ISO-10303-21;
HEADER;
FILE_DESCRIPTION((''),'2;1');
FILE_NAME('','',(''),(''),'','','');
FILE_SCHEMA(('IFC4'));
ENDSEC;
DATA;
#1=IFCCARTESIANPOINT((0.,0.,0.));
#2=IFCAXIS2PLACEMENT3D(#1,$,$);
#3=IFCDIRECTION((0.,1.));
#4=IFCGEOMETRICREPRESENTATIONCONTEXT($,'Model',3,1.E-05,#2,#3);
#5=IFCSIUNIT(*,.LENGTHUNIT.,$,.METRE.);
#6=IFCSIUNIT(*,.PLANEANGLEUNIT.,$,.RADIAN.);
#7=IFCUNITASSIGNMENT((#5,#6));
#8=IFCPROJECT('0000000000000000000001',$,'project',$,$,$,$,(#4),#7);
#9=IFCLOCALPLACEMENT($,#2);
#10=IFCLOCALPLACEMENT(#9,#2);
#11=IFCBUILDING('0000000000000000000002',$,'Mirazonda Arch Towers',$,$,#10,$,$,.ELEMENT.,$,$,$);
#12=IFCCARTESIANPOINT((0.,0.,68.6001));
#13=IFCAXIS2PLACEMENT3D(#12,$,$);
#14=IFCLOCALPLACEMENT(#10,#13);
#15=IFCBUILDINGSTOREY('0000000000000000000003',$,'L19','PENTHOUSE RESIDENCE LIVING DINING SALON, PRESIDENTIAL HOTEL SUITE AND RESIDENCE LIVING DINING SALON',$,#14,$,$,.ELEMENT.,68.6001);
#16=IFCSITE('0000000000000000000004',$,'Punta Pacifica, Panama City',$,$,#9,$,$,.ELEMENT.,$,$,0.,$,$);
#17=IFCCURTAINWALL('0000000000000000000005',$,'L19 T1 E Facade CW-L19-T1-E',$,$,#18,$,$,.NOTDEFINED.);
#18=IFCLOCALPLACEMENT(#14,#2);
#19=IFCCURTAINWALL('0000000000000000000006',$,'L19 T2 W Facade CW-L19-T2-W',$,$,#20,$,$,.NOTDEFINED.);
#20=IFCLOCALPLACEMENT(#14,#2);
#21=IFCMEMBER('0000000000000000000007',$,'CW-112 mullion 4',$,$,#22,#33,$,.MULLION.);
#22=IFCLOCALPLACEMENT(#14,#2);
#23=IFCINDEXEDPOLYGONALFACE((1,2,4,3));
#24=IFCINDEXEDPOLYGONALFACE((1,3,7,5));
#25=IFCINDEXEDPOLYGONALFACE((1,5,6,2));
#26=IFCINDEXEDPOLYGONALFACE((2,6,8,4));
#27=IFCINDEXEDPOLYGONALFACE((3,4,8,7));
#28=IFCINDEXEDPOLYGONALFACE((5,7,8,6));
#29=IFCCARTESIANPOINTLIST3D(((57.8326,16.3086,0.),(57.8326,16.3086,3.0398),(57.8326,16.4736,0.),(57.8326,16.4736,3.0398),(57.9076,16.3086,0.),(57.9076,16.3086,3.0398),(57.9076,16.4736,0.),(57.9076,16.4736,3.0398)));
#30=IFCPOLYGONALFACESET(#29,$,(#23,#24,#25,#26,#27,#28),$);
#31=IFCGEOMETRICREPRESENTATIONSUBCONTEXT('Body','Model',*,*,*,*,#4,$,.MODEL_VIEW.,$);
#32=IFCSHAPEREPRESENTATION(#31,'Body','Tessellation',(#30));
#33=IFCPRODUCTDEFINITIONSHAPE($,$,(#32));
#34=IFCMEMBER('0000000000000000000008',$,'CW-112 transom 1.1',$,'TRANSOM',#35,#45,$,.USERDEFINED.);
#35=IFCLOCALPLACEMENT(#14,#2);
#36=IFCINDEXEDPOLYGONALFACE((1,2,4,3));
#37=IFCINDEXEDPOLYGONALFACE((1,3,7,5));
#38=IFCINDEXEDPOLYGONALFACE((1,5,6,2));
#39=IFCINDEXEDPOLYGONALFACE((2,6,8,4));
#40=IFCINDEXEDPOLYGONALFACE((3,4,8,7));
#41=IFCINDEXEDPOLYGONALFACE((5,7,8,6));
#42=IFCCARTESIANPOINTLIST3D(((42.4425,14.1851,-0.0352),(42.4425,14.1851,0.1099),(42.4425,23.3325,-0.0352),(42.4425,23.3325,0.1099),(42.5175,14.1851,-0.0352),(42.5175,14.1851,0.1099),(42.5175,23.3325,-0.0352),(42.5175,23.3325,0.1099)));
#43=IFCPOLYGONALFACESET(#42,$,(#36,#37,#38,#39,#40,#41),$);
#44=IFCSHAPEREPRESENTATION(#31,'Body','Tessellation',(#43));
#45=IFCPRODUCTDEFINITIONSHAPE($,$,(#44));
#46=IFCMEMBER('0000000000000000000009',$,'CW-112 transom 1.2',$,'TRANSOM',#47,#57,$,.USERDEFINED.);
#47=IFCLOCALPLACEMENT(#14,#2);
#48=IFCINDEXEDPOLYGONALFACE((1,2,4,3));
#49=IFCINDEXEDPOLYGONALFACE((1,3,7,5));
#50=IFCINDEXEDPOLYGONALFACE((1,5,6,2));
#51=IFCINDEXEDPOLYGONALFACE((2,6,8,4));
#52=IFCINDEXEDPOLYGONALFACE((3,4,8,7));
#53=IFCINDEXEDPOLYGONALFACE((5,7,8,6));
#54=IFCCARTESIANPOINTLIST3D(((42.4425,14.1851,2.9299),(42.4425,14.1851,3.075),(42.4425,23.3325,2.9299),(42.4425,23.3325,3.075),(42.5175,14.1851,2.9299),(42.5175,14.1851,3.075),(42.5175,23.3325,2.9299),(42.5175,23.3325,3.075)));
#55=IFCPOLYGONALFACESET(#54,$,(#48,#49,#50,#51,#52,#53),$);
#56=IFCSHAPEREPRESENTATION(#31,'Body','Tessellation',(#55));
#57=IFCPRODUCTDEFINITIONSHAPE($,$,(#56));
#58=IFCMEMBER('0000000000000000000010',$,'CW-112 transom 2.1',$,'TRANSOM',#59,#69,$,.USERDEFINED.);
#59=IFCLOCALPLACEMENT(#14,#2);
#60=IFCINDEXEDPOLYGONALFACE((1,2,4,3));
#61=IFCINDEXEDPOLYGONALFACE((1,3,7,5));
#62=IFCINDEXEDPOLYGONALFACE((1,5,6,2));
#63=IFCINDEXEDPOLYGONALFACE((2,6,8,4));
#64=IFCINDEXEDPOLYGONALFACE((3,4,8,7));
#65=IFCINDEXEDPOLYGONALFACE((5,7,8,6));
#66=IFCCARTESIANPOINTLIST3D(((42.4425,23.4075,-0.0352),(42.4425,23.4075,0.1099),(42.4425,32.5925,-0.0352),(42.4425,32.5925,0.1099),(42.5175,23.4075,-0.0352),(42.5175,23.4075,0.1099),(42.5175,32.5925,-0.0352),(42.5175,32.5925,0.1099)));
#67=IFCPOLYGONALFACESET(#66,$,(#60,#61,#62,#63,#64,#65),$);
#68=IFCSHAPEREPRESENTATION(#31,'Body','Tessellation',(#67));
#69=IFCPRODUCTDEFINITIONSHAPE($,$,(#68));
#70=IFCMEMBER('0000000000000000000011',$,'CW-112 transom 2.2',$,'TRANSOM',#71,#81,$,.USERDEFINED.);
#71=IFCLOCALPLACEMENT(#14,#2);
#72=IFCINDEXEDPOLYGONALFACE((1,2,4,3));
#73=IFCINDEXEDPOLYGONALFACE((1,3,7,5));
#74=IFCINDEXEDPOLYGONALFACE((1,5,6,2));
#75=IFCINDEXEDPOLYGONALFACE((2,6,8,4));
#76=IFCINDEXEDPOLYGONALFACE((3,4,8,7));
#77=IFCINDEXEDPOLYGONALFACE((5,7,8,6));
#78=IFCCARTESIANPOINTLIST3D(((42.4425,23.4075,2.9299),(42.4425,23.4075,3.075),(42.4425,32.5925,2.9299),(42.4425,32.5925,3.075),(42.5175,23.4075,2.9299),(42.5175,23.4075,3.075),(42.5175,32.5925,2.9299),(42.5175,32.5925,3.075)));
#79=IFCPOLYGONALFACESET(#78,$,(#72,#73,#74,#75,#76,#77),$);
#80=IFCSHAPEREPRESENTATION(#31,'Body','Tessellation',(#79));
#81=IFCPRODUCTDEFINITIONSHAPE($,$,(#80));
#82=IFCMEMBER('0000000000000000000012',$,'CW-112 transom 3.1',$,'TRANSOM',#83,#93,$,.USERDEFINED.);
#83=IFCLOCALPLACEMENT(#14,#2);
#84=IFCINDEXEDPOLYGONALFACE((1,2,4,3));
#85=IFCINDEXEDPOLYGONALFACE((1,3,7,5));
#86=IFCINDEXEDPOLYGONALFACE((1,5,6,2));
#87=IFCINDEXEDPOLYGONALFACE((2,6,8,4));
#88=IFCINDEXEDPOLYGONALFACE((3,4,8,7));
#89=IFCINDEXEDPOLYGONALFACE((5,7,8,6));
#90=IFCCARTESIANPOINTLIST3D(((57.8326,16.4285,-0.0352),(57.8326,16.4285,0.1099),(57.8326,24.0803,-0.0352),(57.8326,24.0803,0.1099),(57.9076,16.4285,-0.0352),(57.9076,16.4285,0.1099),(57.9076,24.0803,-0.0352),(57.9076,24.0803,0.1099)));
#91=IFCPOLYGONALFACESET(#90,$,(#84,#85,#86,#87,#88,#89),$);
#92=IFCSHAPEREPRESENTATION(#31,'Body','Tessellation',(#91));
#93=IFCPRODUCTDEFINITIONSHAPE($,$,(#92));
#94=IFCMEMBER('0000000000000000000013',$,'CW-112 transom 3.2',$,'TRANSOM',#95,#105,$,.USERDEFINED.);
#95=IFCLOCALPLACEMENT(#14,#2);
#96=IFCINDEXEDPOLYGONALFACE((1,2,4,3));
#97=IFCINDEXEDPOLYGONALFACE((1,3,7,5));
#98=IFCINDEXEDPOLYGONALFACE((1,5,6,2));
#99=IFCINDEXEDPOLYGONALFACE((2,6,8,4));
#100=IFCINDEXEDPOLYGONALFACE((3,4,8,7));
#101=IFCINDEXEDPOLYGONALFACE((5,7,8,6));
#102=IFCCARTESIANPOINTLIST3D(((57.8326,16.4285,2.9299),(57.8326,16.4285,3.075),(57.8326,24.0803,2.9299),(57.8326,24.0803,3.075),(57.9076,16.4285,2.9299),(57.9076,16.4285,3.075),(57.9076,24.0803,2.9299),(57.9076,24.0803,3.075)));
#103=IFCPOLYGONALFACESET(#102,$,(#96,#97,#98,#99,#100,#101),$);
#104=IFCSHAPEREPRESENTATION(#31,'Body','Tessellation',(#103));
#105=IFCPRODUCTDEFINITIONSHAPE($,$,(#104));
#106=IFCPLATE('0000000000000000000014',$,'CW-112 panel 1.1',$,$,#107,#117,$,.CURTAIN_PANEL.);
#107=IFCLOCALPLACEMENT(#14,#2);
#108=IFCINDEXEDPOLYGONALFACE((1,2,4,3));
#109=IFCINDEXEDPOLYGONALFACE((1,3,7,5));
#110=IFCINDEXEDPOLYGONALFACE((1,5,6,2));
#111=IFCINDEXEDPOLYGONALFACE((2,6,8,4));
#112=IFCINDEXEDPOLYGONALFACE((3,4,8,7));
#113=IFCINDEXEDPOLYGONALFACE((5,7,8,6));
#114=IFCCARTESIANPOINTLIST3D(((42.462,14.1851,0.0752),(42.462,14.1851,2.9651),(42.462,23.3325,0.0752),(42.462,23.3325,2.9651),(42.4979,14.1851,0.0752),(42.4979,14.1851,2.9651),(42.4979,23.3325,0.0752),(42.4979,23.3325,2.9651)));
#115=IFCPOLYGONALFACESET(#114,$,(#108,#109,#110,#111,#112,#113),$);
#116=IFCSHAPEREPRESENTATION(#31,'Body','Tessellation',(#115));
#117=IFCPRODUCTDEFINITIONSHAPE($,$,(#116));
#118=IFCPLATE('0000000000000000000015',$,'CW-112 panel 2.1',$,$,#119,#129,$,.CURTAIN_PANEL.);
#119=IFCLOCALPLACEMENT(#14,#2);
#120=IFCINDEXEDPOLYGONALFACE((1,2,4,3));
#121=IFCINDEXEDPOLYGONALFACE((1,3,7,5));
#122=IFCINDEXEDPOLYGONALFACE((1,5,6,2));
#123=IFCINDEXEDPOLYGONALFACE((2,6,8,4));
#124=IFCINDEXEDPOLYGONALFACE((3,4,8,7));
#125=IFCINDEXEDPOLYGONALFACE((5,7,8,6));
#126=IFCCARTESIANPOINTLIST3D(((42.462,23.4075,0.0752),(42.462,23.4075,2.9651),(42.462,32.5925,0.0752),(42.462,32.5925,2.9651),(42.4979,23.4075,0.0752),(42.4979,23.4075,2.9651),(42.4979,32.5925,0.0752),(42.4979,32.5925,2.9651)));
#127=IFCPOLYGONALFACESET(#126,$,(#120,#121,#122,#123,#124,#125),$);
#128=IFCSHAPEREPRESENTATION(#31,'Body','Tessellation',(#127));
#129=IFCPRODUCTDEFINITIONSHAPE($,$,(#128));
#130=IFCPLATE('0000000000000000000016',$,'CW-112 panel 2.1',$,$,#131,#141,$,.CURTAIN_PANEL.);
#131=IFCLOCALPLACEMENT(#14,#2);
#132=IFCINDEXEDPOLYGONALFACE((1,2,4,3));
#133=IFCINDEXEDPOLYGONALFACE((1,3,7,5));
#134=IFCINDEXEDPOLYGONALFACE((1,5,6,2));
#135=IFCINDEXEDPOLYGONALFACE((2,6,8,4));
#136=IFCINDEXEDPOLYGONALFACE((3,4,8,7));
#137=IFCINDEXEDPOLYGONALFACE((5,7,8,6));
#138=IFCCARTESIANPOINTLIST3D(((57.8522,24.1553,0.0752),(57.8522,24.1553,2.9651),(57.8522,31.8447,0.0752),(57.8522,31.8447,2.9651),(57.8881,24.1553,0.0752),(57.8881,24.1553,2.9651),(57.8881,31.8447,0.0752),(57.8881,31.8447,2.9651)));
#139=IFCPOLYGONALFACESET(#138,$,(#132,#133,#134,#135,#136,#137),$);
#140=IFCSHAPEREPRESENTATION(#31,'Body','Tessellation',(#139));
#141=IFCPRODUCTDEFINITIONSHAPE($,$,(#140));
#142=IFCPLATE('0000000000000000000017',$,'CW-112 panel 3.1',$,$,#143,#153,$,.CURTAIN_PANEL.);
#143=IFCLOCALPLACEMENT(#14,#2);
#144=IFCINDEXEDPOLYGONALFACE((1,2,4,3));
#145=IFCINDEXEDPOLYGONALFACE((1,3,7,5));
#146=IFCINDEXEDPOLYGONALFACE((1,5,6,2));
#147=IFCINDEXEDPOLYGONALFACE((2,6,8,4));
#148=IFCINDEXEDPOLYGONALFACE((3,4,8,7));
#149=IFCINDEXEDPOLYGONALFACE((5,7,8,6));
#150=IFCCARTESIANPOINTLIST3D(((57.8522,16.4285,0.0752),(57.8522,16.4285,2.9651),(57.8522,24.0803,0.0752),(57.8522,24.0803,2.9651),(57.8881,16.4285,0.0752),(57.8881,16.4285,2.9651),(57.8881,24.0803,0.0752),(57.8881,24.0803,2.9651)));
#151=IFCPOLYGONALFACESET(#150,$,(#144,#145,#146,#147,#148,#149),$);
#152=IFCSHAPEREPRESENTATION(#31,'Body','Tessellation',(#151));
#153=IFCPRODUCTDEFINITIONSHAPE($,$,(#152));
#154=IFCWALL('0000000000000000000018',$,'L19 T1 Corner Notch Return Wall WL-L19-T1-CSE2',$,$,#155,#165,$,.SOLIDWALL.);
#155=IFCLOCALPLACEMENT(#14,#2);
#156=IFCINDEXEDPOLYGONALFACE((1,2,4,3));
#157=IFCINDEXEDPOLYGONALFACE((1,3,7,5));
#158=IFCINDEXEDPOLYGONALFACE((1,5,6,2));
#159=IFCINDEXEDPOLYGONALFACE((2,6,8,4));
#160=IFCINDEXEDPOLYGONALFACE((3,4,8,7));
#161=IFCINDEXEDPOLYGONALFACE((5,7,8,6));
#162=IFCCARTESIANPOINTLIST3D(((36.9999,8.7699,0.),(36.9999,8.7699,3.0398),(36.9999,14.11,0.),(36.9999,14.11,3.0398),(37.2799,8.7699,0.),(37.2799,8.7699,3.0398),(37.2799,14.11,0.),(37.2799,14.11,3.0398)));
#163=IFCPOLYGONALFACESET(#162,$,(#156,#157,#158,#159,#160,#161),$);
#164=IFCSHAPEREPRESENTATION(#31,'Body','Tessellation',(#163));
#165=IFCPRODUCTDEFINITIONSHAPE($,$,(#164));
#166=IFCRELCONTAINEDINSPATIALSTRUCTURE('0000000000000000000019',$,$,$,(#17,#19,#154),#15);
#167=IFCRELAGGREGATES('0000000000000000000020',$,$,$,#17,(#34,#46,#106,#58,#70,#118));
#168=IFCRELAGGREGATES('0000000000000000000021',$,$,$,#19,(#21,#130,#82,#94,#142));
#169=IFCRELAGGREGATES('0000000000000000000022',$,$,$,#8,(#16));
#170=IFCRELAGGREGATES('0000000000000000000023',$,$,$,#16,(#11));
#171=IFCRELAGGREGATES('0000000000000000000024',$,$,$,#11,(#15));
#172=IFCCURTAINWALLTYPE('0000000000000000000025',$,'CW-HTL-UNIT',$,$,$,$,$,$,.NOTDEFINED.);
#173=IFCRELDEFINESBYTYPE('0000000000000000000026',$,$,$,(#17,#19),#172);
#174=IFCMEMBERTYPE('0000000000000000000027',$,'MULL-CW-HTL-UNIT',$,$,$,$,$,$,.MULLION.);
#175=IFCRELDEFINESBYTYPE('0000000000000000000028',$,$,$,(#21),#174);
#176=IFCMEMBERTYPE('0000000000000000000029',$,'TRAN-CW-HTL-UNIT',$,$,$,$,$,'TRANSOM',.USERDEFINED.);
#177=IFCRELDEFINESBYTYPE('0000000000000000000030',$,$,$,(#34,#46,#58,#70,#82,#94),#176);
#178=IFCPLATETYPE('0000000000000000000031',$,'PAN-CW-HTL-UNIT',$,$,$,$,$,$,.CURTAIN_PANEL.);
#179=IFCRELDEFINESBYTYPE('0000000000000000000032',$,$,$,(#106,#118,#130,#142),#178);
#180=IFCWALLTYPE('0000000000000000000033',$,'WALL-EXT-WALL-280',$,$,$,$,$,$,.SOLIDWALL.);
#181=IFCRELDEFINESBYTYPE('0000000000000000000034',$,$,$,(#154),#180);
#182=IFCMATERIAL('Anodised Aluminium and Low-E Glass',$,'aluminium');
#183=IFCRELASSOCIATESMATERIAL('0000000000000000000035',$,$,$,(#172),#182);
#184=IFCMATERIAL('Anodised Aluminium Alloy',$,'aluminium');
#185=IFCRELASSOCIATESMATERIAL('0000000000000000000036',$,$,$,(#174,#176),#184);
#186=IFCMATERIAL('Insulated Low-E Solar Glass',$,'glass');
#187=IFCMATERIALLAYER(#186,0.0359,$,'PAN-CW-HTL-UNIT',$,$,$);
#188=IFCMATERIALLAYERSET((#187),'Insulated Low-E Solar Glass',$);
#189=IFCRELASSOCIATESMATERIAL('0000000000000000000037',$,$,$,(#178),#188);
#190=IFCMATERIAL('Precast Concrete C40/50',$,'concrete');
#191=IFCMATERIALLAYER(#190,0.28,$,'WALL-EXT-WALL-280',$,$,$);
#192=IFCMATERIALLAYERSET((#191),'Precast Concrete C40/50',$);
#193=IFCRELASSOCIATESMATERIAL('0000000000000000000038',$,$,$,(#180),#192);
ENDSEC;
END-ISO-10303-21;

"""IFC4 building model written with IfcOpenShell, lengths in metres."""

from ifc_helpers import new_model, si_unit, direction, frame, frame_2d, origin, origin_2d, place, context, subcontext, project, spatial, rectangle, extrude, material, layer, layer_set, material_profile, profile_set, type_object, element, aggregate, save


model = new_model("IFC4")

# Units and contexts
model_context = context("Model", 3, precision=1e-05, world=origin(), true_north=direction((0.0, 1.0)))
body_context = subcontext(model_context, "Body", "Model", "MODEL_VIEW")
ifc_project = project(units=[si_unit("LENGTHUNIT", "METRE"), si_unit("PLANEANGLEUNIT", "RADIAN")], contexts=[model_context])

# Site, building, storey
site_placement = place(None, origin())
site = spatial("IfcSite", under=ifc_project, at=site_placement, Name="Punta Pacifica, Panama City", CompositionType="ELEMENT", RefElevation=0.0)
building_placement = place(site_placement, origin())
building = spatial("IfcBuilding", under=site, at=building_placement, Name="Mirazonda Arch Towers", CompositionType="ELEMENT")
storey_placement = place(building_placement, frame((0.0, 0.0, 68.6001)))
storey = spatial("IfcBuildingStorey", under=building, at=storey_placement, Name="L19", Description="PENTHOUSE RESIDENCE LIVING DINING SALON, PRESIDENTIAL HOTEL SUITE AND RESIDENCE LIVING DINING SALON", CompositionType="ELEMENT", Elevation=68.6001)

# Curtain wall
ifc_material_1 = material(Name="Anodised Aluminium and Low-E Glass", Category="aluminium")
curtain_wall_type = type_object("IfcCurtainWallType", Name="CW-HTL-UNIT", PredefinedType="NOTDEFINED", material=ifc_material_1)
curtain_wall_1_placement = place(storey_placement, origin())
curtain_wall_1 = element("IfcCurtainWall", 1, at=curtain_wall_1_placement, inside=storey, type_object=curtain_wall_type, Name="L19 T1 E Facade CW-L19-T1-E", PredefinedType="NOTDEFINED")
ifc_material_2 = material(Name="Anodised Aluminium Alloy", Category="aluminium")
ifc_material_profile_1 = material_profile(ifc_material_2, rectangle(XDim=0.075, YDim=0.165, at=origin_2d()), Name="ALU-MULL-75x165")
ifc_profile_set_1 = profile_set([ifc_material_profile_1], Name="Anodised Aluminium Alloy")
member_type_1 = type_object("IfcMemberType", Name="MULL-CW-HTL-UNIT", PredefinedType="MULLION", material=ifc_profile_set_1)

# Curtain wall, member
curtain_wall_2_placement = place(storey_placement, origin())
curtain_wall_2 = element("IfcCurtainWall", 2, at=curtain_wall_2_placement, inside=storey, type_object=curtain_wall_type, Name="L19 T2 W Facade CW-L19-T2-W", PredefinedType="NOTDEFINED")
member_1_placement = place(storey_placement, frame((57.8701, 16.3911, 0.0), z_axis=(0.0, 0.0, 1.0), x_axis=(1.0, 0.0, 0.0)))
member_1 = element("IfcMember", 3, at=member_1_placement, type_object=member_type_1, Name="CW-112 mullion 4", PredefinedType="MULLION", context=body_context, shape_type="SweptSolid", body=[
    extrude(rectangle(XDim=0.075, YDim=0.165, at=origin_2d()), origin(), (0.0, 0.0, 1.0), 3.0398),
])

# Members
ifc_material_profile_2 = material_profile(ifc_material_2, rectangle(XDim=0.075, YDim=0.145, at=origin_2d()), Name="ALU-TRAN-75x145")
ifc_profile_set_2 = profile_set([ifc_material_profile_2], Name="Anodised Aluminium Alloy")
member_type_2 = type_object("IfcMemberType", Name="TRAN-CW-HTL-UNIT", ElementType="TRANSOM", PredefinedType="USERDEFINED", material=ifc_profile_set_2)
member_2_placement = place(storey_placement, frame((42.48, 14.1851, 0.0374), z_axis=(0.0, 1.0, 0.0), x_axis=(-1.0, 0.0, 0.0)))
member_2 = element("IfcMember", 4, at=member_2_placement, type_object=member_type_2, Name="CW-112 transom 1.1", ObjectType="TRANSOM", PredefinedType="USERDEFINED", context=body_context, shape_type="SweptSolid", body=[
    extrude(rectangle(XDim=0.075, YDim=0.145, at=origin_2d()), origin(), (0.0, 0.0, 1.0), 9.1475),
])
member_3_placement = place(storey_placement, frame((42.48, 14.1851, 3.0024), z_axis=(0.0, 1.0, 0.0), x_axis=(-1.0, 0.0, 0.0)))
member_3 = element("IfcMember", 5, at=member_3_placement, type_object=member_type_2, Name="CW-112 transom 1.2", ObjectType="TRANSOM", PredefinedType="USERDEFINED", context=body_context, shape_type="SweptSolid", body=[
    extrude(rectangle(XDim=0.075, YDim=0.145, at=origin_2d()), origin(), (0.0, 0.0, 1.0), 9.1475),
])
member_4_placement = place(storey_placement, frame((42.48, 23.4075, 0.0374), z_axis=(0.0, 1.0, 0.0), x_axis=(-1.0, 0.0, 0.0)))
member_4 = element("IfcMember", 6, at=member_4_placement, type_object=member_type_2, Name="CW-112 transom 2.1", ObjectType="TRANSOM", PredefinedType="USERDEFINED", context=body_context, shape_type="SweptSolid", body=[
    extrude(rectangle(XDim=0.075, YDim=0.145, at=origin_2d()), origin(), (0.0, 0.0, 1.0), 9.1851),
])
member_5_placement = place(storey_placement, frame((42.48, 23.4075, 3.0024), z_axis=(0.0, 1.0, 0.0), x_axis=(-1.0, 0.0, 0.0)))
member_5 = element("IfcMember", 7, at=member_5_placement, type_object=member_type_2, Name="CW-112 transom 2.2", ObjectType="TRANSOM", PredefinedType="USERDEFINED", context=body_context, shape_type="SweptSolid", body=[
    extrude(rectangle(XDim=0.075, YDim=0.145, at=origin_2d()), origin(), (0.0, 0.0, 1.0), 9.1851),
])
member_6_placement = place(storey_placement, frame((57.8701, 24.0803, 0.0374), z_axis=(0.0, -1.0, 0.0), x_axis=(1.0, 0.0, 0.0)))
member_6 = element("IfcMember", 8, at=member_6_placement, type_object=member_type_2, Name="CW-112 transom 3.1", ObjectType="TRANSOM", PredefinedType="USERDEFINED", context=body_context, shape_type="SweptSolid", body=[
    extrude(rectangle(XDim=0.075, YDim=0.145, at=origin_2d()), origin(), (0.0, 0.0, 1.0), 7.6519),
])
member_7_placement = place(storey_placement, frame((57.8701, 24.0803, 3.0024), z_axis=(0.0, -1.0, 0.0), x_axis=(1.0, 0.0, 0.0)))
member_7 = element("IfcMember", 9, at=member_7_placement, type_object=member_type_2, Name="CW-112 transom 3.2", ObjectType="TRANSOM", PredefinedType="USERDEFINED", context=body_context, shape_type="SweptSolid", body=[
    extrude(rectangle(XDim=0.075, YDim=0.145, at=origin_2d()), origin(), (0.0, 0.0, 1.0), 7.6519),
])

# Plates
ifc_material_3 = material(Name="Insulated Low-E Solar Glass", Category="glass")
ifc_layer_1 = layer(ifc_material_3, 0.0359, Name="PAN-CW-HTL-UNIT")
ifc_layer_set_1 = layer_set([ifc_layer_1], Name="Insulated Low-E Solar Glass")
plate_type = type_object("IfcPlateType", Name="PAN-CW-HTL-UNIT", PredefinedType="CURTAIN_PANEL", material=ifc_layer_set_1)
plate_1_placement = place(storey_placement, frame((42.48, 18.7588, 0.0752), z_axis=(0.0, 0.0, 1.0), x_axis=(0.0, 1.0, 0.0)))
plate_1 = element("IfcPlate", 10, at=plate_1_placement, type_object=plate_type, Name="CW-112 panel 1.1", PredefinedType="CURTAIN_PANEL", context=body_context, shape_type="SweptSolid", body=[
    extrude(rectangle(XDim=9.1475, YDim=0.0359, at=origin_2d()), origin(), (0.0, 0.0, 1.0), 2.8899),
])
plate_2_placement = place(storey_placement, frame((42.48, 28.0, 0.0752), z_axis=(0.0, 0.0, 1.0), x_axis=(0.0, 1.0, 0.0)))
plate_2 = element("IfcPlate", 11, at=plate_2_placement, type_object=plate_type, Name="CW-112 panel 2.1", PredefinedType="CURTAIN_PANEL", context=body_context, shape_type="SweptSolid", body=[
    extrude(rectangle(XDim=9.1851, YDim=0.0359, at=origin_2d()), origin(), (0.0, 0.0, 1.0), 2.8899),
])
aggregate(curtain_wall_1, [member_2, member_3, plate_1, member_4, member_5, plate_2])
plate_3_placement = place(storey_placement, frame((57.8701, 28.0, 0.0752), z_axis=(0.0, 0.0, 1.0), x_axis=(0.0, -1.0, 0.0)))
plate_3 = element("IfcPlate", 12, at=plate_3_placement, type_object=plate_type, Name="CW-112 panel 2.1", PredefinedType="CURTAIN_PANEL", context=body_context, shape_type="SweptSolid", body=[
    extrude(rectangle(XDim=7.6895, YDim=0.0359, at=origin_2d()), origin(), (0.0, 0.0, 1.0), 2.8899),
])
plate_4_placement = place(storey_placement, frame((57.8701, 20.2544, 0.0752), z_axis=(0.0, 0.0, 1.0), x_axis=(0.0, -1.0, 0.0)))
plate_4 = element("IfcPlate", 13, at=plate_4_placement, type_object=plate_type, Name="CW-112 panel 3.1", PredefinedType="CURTAIN_PANEL", context=body_context, shape_type="SweptSolid", body=[
    extrude(rectangle(XDim=7.6519, YDim=0.0359, at=origin_2d()), origin(), (0.0, 0.0, 1.0), 2.8899),
])
aggregate(curtain_wall_2, [member_1, plate_3, member_6, member_7, plate_4])

# Wall
ifc_material_4 = material(Name="Precast Concrete C40/50", Category="concrete")
ifc_layer_2 = layer(ifc_material_4, 0.28, Name="WALL-EXT-WALL-280")
ifc_layer_set_2 = layer_set([ifc_layer_2], Name="Precast Concrete C40/50")
wall_type_1 = type_object("IfcWallType", Name="WALL-EXT-WALL-280", PredefinedType="SOLIDWALL", material=ifc_layer_set_2)
wall_1_placement = place(storey_placement, frame((37.1399, 8.77, 0.0), z_axis=(0.0, 0.0, 1.0), x_axis=(0.0, 1.0, 0.0)))
element("IfcWall", 14, at=wall_1_placement, inside=storey, type_object=wall_type_1, Name="L19 T1 Corner Notch Return Wall WL-L19-T1-CSE2", PredefinedType="SOLIDWALL", context=body_context, shape_type="SweptSolid", body=[
    extrude(rectangle(XDim=5.3401, YDim=0.28, at=frame_2d((2.6699, 0.0))), origin(), (0.0, 0.0, 1.0), 3.0398),
])

save(model, "model.ifc")
